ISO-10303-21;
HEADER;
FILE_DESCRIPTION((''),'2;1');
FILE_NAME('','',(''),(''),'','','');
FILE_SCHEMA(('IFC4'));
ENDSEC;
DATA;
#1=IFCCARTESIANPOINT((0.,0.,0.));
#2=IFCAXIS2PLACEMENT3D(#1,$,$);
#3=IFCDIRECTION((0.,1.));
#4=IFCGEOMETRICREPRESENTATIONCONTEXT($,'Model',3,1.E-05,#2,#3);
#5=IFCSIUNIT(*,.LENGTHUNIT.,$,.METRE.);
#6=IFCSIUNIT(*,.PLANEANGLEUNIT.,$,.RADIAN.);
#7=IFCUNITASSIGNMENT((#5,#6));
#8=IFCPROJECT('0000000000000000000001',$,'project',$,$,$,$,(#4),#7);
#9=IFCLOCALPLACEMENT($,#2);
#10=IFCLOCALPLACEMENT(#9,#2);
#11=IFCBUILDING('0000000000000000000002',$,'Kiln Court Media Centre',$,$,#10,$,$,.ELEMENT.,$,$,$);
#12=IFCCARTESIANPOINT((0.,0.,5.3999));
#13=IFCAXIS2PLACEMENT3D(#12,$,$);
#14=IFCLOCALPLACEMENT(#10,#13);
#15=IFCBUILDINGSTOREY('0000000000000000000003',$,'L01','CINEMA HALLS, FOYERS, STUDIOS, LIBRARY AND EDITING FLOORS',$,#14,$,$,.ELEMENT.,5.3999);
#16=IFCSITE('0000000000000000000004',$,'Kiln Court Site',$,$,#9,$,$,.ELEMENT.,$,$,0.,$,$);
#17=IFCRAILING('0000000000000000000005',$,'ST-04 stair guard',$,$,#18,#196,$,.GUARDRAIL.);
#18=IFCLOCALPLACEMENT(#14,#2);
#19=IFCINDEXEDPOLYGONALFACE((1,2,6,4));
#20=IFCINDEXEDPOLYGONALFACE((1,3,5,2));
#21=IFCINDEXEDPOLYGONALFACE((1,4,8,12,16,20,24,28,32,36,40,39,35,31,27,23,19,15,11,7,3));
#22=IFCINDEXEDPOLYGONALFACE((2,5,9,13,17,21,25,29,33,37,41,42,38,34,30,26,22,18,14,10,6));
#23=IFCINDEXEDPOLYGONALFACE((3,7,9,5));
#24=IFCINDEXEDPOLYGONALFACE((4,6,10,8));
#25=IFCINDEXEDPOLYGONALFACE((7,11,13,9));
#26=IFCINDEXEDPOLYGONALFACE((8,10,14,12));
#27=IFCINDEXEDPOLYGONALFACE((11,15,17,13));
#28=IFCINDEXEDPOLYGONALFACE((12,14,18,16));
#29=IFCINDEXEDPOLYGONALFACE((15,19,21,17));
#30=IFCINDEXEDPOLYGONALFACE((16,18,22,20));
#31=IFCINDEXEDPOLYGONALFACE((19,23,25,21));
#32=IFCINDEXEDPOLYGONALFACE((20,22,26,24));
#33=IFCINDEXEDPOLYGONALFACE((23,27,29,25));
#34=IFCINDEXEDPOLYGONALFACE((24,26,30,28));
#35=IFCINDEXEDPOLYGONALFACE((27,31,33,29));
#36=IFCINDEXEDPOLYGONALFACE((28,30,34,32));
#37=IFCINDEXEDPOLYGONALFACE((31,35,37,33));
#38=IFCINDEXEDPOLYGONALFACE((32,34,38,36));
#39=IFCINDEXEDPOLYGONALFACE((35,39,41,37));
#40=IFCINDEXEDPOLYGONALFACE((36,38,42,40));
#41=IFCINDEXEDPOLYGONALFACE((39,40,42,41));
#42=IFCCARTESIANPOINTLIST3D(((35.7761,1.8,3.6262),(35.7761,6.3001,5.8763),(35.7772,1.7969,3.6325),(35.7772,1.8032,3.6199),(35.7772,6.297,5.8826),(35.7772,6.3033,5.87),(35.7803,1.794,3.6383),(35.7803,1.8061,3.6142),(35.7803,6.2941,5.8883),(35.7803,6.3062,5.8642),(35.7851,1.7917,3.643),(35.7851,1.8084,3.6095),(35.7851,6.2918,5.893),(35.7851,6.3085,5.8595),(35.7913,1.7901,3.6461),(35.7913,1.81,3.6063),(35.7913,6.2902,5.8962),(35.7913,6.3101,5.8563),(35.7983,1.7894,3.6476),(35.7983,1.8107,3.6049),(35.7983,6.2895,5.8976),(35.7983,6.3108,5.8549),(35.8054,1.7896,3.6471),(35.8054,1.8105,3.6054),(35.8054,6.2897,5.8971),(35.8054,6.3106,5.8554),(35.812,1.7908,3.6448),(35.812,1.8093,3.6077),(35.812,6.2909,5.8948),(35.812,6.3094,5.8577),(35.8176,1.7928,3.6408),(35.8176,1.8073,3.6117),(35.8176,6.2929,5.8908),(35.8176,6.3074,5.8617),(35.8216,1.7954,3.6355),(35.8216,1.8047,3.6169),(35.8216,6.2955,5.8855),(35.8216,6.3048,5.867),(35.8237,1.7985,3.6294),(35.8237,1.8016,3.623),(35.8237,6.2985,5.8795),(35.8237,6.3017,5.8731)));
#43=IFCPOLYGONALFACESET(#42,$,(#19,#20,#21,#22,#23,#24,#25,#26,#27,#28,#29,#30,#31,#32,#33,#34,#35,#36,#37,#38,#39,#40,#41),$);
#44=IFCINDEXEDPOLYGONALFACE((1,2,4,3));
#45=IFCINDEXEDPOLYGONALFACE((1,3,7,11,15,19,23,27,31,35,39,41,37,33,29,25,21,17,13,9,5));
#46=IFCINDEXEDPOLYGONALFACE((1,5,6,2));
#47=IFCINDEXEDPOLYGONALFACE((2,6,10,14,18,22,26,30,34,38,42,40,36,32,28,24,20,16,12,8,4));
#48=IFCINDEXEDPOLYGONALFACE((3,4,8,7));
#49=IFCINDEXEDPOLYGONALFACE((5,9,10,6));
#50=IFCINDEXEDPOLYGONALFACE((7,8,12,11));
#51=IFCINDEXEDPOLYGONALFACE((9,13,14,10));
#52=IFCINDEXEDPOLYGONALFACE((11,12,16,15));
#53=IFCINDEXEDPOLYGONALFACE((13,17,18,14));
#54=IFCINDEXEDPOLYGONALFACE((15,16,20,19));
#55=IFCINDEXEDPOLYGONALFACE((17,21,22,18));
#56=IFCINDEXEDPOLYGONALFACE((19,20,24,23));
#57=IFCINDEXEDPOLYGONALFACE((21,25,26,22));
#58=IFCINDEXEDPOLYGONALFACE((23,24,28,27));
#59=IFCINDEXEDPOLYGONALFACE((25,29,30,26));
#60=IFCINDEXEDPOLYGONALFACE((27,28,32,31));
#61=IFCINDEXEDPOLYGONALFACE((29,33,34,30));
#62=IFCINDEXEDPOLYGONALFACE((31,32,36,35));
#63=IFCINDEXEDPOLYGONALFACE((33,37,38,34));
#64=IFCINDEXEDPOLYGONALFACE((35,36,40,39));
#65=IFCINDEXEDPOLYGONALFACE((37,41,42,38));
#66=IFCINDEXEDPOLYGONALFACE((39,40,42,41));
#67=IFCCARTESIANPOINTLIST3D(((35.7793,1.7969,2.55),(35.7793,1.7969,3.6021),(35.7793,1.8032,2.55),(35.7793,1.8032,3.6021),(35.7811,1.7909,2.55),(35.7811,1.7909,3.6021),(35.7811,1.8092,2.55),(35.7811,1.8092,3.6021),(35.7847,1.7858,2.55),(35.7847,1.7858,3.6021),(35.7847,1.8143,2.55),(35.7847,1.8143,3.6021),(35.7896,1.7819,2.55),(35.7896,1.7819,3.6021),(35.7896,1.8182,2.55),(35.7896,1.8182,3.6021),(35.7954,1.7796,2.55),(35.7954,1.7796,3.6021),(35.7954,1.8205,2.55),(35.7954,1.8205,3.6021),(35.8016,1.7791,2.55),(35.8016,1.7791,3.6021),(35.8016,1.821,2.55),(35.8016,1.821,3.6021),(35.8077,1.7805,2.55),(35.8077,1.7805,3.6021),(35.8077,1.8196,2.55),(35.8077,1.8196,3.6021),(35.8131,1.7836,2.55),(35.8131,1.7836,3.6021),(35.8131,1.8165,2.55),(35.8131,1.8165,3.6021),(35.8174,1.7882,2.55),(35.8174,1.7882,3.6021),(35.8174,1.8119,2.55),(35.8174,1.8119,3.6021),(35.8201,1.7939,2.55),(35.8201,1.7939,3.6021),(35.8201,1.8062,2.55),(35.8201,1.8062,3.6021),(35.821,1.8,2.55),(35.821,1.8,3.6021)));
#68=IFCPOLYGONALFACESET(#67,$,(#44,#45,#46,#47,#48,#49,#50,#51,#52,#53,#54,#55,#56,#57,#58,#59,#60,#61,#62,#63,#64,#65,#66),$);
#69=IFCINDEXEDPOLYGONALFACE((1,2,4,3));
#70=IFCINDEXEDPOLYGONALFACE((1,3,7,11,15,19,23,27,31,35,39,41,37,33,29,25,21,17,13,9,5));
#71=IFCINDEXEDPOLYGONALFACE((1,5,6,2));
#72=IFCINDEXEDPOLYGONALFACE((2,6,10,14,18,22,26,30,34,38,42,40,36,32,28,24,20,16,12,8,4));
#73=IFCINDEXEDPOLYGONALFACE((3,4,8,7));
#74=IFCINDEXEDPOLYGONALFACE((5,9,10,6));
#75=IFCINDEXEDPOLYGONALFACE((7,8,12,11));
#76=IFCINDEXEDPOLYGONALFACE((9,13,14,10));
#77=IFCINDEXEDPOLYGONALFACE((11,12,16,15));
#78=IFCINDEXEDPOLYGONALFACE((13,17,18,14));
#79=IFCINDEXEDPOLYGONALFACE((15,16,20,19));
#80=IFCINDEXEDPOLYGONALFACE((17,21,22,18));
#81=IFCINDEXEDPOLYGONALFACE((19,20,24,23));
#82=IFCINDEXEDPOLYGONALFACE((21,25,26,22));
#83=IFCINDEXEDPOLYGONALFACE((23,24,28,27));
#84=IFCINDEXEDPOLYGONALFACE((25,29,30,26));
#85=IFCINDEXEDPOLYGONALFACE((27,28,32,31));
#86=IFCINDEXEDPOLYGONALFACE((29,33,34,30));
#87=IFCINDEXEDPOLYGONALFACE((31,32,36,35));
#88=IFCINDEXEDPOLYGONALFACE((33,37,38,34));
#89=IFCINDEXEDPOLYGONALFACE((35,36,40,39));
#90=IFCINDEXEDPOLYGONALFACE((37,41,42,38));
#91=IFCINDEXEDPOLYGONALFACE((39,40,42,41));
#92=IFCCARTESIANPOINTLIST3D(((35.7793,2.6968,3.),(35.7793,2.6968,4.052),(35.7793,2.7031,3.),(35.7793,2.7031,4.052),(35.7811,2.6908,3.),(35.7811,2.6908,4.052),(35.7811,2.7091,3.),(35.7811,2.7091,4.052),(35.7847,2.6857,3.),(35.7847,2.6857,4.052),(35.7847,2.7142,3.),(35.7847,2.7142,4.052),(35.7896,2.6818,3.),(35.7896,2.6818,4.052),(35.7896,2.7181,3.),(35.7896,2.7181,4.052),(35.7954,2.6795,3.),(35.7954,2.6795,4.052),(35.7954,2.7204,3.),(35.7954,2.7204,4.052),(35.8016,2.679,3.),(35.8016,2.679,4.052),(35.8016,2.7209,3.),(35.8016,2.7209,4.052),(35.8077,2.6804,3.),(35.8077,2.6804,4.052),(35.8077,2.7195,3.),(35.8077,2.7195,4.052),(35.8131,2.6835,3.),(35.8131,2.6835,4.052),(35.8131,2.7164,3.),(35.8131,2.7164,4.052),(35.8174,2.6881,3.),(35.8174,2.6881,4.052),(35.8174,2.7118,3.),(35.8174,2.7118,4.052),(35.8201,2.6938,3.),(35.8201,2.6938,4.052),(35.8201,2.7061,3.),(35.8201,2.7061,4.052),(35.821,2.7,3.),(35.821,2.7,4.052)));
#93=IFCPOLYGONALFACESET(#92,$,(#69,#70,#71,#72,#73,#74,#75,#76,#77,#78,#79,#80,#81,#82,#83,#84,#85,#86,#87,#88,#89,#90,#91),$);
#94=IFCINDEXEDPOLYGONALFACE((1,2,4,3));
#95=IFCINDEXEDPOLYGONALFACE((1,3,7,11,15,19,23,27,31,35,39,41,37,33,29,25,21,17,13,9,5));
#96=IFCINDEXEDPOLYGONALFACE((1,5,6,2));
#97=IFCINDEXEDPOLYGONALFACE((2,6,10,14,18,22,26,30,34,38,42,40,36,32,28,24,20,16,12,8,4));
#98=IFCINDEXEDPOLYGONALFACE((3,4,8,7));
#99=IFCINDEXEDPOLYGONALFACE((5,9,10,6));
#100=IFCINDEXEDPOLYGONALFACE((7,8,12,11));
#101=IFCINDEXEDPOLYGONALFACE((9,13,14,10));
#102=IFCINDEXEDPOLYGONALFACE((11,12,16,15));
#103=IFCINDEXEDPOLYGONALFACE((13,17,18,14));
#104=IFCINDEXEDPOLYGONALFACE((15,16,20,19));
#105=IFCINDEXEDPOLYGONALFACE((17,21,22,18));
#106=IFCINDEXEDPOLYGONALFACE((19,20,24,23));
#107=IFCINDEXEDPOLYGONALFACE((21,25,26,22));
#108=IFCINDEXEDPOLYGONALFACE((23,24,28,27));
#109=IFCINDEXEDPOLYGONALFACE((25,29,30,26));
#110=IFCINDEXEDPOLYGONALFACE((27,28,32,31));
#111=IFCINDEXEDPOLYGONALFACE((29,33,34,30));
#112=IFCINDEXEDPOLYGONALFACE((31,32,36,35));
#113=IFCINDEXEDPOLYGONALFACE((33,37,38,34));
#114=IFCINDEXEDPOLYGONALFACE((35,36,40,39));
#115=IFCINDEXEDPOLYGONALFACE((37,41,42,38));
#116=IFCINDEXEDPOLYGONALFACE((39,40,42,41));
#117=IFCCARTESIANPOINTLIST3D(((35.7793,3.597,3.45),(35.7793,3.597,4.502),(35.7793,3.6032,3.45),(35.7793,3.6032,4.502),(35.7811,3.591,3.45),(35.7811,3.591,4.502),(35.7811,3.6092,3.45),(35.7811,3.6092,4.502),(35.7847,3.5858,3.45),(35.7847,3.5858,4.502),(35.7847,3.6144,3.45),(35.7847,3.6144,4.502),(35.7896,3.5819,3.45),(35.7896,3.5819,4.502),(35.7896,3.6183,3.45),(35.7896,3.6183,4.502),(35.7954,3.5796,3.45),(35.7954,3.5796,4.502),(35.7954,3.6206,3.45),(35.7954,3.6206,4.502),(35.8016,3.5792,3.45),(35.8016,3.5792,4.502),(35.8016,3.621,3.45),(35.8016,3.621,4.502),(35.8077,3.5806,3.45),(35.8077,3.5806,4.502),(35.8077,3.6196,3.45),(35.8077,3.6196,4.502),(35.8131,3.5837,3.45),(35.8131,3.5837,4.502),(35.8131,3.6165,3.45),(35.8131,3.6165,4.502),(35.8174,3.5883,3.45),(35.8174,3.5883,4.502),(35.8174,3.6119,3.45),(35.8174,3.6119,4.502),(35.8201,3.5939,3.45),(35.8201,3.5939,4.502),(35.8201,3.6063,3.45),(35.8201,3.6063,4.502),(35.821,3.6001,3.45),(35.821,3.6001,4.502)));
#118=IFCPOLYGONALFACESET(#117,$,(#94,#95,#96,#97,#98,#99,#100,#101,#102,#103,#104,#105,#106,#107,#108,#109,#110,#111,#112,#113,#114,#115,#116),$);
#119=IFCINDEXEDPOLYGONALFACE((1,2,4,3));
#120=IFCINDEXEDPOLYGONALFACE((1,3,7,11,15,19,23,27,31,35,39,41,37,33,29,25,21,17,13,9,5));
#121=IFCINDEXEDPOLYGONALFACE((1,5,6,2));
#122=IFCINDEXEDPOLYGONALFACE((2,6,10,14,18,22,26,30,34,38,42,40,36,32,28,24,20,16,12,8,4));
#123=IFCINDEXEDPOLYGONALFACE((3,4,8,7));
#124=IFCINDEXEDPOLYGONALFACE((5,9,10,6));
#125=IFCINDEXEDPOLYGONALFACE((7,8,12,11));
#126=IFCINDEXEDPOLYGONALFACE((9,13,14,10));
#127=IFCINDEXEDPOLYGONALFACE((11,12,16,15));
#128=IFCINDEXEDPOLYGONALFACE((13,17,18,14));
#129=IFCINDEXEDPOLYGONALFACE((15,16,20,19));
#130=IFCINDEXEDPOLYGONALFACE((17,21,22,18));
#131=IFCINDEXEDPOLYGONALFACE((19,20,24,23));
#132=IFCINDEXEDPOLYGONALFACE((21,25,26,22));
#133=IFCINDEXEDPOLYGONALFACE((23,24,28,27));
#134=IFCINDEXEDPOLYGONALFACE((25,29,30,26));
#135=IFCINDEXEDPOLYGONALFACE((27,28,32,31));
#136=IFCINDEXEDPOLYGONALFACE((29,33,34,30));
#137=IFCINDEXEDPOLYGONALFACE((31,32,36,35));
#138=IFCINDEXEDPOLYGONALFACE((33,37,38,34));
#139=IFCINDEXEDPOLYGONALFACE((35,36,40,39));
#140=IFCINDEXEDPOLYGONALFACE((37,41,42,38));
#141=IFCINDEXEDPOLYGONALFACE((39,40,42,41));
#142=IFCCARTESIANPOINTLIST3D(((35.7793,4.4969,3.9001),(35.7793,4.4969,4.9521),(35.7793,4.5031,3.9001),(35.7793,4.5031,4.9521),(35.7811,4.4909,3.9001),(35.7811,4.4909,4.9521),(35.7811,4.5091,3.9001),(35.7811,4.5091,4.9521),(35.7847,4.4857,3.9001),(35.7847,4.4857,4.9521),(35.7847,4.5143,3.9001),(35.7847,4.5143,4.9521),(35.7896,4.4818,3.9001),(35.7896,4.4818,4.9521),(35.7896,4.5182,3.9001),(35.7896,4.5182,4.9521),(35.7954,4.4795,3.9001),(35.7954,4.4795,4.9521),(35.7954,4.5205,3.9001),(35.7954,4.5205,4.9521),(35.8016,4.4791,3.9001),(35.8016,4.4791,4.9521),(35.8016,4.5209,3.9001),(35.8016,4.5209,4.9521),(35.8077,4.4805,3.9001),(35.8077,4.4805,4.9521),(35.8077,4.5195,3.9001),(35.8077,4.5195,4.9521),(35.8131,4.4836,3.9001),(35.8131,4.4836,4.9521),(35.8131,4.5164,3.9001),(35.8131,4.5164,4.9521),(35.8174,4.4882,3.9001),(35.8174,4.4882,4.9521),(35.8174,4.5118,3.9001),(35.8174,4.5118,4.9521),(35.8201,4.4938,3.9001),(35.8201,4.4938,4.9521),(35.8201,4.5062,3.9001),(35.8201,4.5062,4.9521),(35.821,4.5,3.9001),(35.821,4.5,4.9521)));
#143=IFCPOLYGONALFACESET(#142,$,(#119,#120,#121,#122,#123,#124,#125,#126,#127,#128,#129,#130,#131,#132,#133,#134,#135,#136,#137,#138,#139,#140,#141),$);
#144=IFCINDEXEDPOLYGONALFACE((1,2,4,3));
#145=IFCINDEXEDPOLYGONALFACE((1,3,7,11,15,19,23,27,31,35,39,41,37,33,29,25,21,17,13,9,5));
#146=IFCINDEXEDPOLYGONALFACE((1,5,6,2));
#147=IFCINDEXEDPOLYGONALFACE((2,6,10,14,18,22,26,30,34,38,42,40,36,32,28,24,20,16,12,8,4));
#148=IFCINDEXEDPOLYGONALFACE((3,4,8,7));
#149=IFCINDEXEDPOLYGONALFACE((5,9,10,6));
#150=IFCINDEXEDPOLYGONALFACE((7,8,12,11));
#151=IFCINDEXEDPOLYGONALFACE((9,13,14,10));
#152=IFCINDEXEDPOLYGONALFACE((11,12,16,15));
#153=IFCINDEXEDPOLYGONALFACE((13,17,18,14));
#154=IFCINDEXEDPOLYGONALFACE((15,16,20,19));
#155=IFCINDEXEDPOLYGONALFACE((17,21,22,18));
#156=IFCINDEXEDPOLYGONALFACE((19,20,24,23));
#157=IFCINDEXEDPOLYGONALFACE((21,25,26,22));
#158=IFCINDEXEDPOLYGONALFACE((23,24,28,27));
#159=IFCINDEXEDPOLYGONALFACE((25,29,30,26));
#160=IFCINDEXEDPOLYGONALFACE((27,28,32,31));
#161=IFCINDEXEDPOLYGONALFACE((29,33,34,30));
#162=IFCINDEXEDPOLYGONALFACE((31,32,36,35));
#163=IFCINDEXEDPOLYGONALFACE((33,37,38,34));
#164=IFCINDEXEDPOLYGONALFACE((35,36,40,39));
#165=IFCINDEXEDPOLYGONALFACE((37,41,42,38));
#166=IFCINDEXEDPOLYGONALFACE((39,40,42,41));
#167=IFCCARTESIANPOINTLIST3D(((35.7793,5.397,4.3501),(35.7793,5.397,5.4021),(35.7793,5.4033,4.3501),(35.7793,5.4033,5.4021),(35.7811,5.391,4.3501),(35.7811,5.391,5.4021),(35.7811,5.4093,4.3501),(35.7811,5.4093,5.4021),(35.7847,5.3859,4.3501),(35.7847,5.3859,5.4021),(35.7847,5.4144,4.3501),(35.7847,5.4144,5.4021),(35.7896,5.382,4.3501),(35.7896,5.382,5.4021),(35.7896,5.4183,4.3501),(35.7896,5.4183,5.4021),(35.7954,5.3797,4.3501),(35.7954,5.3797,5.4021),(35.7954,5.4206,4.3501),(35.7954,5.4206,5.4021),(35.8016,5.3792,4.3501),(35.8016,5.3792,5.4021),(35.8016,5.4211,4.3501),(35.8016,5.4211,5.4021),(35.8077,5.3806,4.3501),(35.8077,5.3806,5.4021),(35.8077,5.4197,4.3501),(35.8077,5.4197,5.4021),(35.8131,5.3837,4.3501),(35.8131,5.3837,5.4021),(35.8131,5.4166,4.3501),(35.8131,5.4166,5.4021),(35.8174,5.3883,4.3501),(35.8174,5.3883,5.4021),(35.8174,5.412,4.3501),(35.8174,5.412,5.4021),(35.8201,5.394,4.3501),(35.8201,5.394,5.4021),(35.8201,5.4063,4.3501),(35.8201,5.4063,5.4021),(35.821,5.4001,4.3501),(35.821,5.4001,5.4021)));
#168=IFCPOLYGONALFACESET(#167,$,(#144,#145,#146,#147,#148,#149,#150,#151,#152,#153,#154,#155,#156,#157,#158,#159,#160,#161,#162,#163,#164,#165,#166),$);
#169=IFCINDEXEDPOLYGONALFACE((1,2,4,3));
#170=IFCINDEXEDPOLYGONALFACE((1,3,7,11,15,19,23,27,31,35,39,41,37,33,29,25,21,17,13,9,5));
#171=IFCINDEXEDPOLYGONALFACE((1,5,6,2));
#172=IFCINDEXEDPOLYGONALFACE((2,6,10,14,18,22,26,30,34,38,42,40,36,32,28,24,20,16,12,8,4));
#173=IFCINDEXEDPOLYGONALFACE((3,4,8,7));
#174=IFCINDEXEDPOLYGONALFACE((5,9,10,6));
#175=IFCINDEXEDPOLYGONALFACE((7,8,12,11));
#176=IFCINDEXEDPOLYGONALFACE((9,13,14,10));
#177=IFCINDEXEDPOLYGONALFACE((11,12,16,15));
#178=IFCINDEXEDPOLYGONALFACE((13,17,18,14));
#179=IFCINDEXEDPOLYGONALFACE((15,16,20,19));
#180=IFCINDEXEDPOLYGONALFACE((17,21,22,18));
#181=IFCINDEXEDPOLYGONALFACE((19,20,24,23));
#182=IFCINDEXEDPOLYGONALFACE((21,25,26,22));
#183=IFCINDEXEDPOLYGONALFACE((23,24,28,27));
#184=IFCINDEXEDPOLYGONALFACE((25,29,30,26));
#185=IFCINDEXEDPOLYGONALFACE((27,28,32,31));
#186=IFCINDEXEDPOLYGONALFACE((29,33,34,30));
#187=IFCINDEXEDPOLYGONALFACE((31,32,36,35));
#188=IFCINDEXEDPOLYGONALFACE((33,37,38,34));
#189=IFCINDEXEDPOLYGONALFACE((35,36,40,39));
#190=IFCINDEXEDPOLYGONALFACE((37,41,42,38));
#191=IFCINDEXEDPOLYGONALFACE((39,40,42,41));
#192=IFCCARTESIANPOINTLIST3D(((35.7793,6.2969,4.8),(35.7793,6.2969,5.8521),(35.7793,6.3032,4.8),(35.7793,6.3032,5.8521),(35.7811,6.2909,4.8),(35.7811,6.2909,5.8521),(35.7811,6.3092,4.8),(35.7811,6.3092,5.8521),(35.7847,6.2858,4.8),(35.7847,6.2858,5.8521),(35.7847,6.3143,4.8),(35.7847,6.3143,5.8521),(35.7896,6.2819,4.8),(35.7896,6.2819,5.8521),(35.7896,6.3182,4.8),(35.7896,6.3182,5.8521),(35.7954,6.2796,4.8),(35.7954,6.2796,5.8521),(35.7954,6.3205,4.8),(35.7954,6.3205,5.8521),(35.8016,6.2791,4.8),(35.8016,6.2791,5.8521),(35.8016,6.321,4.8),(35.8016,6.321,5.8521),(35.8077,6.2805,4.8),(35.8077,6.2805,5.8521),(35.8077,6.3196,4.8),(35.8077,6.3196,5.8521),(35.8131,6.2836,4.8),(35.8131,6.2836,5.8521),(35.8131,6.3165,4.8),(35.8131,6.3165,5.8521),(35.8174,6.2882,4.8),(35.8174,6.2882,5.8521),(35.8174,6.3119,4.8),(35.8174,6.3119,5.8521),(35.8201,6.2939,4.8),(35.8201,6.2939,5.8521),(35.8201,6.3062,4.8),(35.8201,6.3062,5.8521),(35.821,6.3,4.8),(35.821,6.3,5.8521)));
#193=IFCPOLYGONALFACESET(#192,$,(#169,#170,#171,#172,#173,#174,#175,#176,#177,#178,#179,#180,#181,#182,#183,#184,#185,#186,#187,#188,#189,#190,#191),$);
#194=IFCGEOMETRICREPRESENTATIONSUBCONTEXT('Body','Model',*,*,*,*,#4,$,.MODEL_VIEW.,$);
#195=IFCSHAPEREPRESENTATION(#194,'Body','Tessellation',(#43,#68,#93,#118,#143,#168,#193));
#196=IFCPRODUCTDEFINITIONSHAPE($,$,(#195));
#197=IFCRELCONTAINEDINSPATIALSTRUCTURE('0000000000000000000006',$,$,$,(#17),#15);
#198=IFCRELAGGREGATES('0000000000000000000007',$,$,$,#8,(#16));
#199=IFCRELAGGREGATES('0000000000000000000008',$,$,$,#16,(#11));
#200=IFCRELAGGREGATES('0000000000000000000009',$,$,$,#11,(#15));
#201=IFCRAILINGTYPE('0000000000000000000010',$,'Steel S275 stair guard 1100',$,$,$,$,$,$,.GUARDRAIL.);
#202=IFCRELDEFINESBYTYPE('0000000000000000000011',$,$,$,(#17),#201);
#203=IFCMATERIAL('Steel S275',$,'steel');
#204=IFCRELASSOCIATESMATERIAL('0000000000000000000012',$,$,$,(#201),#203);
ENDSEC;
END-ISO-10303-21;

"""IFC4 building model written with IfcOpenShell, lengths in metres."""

from ifc_helpers import new_model, si_unit, direction, frame, origin, origin_2d, place, context, subcontext, project, spatial, circle, extrude, material, type_object, element, save


model = new_model("IFC4")

# Units and contexts
model_context = context("Model", 3, precision=1e-05, world=origin(), true_north=direction((0.0, 1.0)))
body_context = subcontext(model_context, "Body", "Model", "MODEL_VIEW")
ifc_project = project(units=[si_unit("LENGTHUNIT", "METRE"), si_unit("PLANEANGLEUNIT", "RADIAN")], contexts=[model_context])

# Site, building, storey
site_placement = place(None, origin())
site = spatial("IfcSite", under=ifc_project, at=site_placement, Name="Kiln Court Site", CompositionType="ELEMENT", RefElevation=0.0)
building_placement = place(site_placement, origin())
building = spatial("IfcBuilding", under=site, at=building_placement, Name="Kiln Court Media Centre", CompositionType="ELEMENT")
storey_placement = place(building_placement, frame((0.0, 0.0, 5.3999)))
storey = spatial("IfcBuildingStorey", under=building, at=storey_placement, Name="L01", Description="CINEMA HALLS, FOYERS, STUDIOS, LIBRARY AND EDITING FLOORS", CompositionType="ELEMENT", Elevation=5.3999)

# Railing
ifc_material_1 = material(Name="Steel S275", Category="steel")
railing_type_1 = type_object("IfcRailingType", Name="Steel S275 stair guard 1100", PredefinedType="GUARDRAIL", material=ifc_material_1)
railing_1_placement = place(storey_placement, frame((35.8, 1.8, 2.55)))
element("IfcRailing", 1, at=railing_1_placement, inside=storey, type_object=railing_type_1, Name="ST-04 stair guard", PredefinedType="GUARDRAIL", context=body_context, shape_type="SweptSolid", body=[
    extrude(circle(Radius=0.0239, at=origin_2d()), frame((0.0, 0.0, 1.0762), z_axis=(0.0, 0.894427, 0.447214), x_axis=(-1.0, 0.0, 0.0)), (0.0, 0.0, 1.0), 5.0312),
    extrude(circle(Radius=0.021, at=origin_2d()), origin(), (0.0, 0.0, 1.0), 1.052),
    extrude(circle(Radius=0.021, at=origin_2d()), frame((0.0, 0.8999, 0.45)), (0.0, 0.0, 1.0), 1.052),
    extrude(circle(Radius=0.021, at=origin_2d()), frame((0.0, 1.8, 0.8999)), (0.0, 0.0, 1.0), 1.052),
    extrude(circle(Radius=0.021, at=origin_2d()), frame((0.0, 2.7, 1.3501)), (0.0, 0.0, 1.0), 1.052),
    extrude(circle(Radius=0.021, at=origin_2d()), frame((0.0, 3.6001, 1.8)), (0.0, 0.0, 1.0), 1.052),
    extrude(circle(Radius=0.021, at=origin_2d()), frame((0.0, 4.5, 2.25)), (0.0, 0.0, 1.0), 1.052),
])

save(model, "model.ifc")
